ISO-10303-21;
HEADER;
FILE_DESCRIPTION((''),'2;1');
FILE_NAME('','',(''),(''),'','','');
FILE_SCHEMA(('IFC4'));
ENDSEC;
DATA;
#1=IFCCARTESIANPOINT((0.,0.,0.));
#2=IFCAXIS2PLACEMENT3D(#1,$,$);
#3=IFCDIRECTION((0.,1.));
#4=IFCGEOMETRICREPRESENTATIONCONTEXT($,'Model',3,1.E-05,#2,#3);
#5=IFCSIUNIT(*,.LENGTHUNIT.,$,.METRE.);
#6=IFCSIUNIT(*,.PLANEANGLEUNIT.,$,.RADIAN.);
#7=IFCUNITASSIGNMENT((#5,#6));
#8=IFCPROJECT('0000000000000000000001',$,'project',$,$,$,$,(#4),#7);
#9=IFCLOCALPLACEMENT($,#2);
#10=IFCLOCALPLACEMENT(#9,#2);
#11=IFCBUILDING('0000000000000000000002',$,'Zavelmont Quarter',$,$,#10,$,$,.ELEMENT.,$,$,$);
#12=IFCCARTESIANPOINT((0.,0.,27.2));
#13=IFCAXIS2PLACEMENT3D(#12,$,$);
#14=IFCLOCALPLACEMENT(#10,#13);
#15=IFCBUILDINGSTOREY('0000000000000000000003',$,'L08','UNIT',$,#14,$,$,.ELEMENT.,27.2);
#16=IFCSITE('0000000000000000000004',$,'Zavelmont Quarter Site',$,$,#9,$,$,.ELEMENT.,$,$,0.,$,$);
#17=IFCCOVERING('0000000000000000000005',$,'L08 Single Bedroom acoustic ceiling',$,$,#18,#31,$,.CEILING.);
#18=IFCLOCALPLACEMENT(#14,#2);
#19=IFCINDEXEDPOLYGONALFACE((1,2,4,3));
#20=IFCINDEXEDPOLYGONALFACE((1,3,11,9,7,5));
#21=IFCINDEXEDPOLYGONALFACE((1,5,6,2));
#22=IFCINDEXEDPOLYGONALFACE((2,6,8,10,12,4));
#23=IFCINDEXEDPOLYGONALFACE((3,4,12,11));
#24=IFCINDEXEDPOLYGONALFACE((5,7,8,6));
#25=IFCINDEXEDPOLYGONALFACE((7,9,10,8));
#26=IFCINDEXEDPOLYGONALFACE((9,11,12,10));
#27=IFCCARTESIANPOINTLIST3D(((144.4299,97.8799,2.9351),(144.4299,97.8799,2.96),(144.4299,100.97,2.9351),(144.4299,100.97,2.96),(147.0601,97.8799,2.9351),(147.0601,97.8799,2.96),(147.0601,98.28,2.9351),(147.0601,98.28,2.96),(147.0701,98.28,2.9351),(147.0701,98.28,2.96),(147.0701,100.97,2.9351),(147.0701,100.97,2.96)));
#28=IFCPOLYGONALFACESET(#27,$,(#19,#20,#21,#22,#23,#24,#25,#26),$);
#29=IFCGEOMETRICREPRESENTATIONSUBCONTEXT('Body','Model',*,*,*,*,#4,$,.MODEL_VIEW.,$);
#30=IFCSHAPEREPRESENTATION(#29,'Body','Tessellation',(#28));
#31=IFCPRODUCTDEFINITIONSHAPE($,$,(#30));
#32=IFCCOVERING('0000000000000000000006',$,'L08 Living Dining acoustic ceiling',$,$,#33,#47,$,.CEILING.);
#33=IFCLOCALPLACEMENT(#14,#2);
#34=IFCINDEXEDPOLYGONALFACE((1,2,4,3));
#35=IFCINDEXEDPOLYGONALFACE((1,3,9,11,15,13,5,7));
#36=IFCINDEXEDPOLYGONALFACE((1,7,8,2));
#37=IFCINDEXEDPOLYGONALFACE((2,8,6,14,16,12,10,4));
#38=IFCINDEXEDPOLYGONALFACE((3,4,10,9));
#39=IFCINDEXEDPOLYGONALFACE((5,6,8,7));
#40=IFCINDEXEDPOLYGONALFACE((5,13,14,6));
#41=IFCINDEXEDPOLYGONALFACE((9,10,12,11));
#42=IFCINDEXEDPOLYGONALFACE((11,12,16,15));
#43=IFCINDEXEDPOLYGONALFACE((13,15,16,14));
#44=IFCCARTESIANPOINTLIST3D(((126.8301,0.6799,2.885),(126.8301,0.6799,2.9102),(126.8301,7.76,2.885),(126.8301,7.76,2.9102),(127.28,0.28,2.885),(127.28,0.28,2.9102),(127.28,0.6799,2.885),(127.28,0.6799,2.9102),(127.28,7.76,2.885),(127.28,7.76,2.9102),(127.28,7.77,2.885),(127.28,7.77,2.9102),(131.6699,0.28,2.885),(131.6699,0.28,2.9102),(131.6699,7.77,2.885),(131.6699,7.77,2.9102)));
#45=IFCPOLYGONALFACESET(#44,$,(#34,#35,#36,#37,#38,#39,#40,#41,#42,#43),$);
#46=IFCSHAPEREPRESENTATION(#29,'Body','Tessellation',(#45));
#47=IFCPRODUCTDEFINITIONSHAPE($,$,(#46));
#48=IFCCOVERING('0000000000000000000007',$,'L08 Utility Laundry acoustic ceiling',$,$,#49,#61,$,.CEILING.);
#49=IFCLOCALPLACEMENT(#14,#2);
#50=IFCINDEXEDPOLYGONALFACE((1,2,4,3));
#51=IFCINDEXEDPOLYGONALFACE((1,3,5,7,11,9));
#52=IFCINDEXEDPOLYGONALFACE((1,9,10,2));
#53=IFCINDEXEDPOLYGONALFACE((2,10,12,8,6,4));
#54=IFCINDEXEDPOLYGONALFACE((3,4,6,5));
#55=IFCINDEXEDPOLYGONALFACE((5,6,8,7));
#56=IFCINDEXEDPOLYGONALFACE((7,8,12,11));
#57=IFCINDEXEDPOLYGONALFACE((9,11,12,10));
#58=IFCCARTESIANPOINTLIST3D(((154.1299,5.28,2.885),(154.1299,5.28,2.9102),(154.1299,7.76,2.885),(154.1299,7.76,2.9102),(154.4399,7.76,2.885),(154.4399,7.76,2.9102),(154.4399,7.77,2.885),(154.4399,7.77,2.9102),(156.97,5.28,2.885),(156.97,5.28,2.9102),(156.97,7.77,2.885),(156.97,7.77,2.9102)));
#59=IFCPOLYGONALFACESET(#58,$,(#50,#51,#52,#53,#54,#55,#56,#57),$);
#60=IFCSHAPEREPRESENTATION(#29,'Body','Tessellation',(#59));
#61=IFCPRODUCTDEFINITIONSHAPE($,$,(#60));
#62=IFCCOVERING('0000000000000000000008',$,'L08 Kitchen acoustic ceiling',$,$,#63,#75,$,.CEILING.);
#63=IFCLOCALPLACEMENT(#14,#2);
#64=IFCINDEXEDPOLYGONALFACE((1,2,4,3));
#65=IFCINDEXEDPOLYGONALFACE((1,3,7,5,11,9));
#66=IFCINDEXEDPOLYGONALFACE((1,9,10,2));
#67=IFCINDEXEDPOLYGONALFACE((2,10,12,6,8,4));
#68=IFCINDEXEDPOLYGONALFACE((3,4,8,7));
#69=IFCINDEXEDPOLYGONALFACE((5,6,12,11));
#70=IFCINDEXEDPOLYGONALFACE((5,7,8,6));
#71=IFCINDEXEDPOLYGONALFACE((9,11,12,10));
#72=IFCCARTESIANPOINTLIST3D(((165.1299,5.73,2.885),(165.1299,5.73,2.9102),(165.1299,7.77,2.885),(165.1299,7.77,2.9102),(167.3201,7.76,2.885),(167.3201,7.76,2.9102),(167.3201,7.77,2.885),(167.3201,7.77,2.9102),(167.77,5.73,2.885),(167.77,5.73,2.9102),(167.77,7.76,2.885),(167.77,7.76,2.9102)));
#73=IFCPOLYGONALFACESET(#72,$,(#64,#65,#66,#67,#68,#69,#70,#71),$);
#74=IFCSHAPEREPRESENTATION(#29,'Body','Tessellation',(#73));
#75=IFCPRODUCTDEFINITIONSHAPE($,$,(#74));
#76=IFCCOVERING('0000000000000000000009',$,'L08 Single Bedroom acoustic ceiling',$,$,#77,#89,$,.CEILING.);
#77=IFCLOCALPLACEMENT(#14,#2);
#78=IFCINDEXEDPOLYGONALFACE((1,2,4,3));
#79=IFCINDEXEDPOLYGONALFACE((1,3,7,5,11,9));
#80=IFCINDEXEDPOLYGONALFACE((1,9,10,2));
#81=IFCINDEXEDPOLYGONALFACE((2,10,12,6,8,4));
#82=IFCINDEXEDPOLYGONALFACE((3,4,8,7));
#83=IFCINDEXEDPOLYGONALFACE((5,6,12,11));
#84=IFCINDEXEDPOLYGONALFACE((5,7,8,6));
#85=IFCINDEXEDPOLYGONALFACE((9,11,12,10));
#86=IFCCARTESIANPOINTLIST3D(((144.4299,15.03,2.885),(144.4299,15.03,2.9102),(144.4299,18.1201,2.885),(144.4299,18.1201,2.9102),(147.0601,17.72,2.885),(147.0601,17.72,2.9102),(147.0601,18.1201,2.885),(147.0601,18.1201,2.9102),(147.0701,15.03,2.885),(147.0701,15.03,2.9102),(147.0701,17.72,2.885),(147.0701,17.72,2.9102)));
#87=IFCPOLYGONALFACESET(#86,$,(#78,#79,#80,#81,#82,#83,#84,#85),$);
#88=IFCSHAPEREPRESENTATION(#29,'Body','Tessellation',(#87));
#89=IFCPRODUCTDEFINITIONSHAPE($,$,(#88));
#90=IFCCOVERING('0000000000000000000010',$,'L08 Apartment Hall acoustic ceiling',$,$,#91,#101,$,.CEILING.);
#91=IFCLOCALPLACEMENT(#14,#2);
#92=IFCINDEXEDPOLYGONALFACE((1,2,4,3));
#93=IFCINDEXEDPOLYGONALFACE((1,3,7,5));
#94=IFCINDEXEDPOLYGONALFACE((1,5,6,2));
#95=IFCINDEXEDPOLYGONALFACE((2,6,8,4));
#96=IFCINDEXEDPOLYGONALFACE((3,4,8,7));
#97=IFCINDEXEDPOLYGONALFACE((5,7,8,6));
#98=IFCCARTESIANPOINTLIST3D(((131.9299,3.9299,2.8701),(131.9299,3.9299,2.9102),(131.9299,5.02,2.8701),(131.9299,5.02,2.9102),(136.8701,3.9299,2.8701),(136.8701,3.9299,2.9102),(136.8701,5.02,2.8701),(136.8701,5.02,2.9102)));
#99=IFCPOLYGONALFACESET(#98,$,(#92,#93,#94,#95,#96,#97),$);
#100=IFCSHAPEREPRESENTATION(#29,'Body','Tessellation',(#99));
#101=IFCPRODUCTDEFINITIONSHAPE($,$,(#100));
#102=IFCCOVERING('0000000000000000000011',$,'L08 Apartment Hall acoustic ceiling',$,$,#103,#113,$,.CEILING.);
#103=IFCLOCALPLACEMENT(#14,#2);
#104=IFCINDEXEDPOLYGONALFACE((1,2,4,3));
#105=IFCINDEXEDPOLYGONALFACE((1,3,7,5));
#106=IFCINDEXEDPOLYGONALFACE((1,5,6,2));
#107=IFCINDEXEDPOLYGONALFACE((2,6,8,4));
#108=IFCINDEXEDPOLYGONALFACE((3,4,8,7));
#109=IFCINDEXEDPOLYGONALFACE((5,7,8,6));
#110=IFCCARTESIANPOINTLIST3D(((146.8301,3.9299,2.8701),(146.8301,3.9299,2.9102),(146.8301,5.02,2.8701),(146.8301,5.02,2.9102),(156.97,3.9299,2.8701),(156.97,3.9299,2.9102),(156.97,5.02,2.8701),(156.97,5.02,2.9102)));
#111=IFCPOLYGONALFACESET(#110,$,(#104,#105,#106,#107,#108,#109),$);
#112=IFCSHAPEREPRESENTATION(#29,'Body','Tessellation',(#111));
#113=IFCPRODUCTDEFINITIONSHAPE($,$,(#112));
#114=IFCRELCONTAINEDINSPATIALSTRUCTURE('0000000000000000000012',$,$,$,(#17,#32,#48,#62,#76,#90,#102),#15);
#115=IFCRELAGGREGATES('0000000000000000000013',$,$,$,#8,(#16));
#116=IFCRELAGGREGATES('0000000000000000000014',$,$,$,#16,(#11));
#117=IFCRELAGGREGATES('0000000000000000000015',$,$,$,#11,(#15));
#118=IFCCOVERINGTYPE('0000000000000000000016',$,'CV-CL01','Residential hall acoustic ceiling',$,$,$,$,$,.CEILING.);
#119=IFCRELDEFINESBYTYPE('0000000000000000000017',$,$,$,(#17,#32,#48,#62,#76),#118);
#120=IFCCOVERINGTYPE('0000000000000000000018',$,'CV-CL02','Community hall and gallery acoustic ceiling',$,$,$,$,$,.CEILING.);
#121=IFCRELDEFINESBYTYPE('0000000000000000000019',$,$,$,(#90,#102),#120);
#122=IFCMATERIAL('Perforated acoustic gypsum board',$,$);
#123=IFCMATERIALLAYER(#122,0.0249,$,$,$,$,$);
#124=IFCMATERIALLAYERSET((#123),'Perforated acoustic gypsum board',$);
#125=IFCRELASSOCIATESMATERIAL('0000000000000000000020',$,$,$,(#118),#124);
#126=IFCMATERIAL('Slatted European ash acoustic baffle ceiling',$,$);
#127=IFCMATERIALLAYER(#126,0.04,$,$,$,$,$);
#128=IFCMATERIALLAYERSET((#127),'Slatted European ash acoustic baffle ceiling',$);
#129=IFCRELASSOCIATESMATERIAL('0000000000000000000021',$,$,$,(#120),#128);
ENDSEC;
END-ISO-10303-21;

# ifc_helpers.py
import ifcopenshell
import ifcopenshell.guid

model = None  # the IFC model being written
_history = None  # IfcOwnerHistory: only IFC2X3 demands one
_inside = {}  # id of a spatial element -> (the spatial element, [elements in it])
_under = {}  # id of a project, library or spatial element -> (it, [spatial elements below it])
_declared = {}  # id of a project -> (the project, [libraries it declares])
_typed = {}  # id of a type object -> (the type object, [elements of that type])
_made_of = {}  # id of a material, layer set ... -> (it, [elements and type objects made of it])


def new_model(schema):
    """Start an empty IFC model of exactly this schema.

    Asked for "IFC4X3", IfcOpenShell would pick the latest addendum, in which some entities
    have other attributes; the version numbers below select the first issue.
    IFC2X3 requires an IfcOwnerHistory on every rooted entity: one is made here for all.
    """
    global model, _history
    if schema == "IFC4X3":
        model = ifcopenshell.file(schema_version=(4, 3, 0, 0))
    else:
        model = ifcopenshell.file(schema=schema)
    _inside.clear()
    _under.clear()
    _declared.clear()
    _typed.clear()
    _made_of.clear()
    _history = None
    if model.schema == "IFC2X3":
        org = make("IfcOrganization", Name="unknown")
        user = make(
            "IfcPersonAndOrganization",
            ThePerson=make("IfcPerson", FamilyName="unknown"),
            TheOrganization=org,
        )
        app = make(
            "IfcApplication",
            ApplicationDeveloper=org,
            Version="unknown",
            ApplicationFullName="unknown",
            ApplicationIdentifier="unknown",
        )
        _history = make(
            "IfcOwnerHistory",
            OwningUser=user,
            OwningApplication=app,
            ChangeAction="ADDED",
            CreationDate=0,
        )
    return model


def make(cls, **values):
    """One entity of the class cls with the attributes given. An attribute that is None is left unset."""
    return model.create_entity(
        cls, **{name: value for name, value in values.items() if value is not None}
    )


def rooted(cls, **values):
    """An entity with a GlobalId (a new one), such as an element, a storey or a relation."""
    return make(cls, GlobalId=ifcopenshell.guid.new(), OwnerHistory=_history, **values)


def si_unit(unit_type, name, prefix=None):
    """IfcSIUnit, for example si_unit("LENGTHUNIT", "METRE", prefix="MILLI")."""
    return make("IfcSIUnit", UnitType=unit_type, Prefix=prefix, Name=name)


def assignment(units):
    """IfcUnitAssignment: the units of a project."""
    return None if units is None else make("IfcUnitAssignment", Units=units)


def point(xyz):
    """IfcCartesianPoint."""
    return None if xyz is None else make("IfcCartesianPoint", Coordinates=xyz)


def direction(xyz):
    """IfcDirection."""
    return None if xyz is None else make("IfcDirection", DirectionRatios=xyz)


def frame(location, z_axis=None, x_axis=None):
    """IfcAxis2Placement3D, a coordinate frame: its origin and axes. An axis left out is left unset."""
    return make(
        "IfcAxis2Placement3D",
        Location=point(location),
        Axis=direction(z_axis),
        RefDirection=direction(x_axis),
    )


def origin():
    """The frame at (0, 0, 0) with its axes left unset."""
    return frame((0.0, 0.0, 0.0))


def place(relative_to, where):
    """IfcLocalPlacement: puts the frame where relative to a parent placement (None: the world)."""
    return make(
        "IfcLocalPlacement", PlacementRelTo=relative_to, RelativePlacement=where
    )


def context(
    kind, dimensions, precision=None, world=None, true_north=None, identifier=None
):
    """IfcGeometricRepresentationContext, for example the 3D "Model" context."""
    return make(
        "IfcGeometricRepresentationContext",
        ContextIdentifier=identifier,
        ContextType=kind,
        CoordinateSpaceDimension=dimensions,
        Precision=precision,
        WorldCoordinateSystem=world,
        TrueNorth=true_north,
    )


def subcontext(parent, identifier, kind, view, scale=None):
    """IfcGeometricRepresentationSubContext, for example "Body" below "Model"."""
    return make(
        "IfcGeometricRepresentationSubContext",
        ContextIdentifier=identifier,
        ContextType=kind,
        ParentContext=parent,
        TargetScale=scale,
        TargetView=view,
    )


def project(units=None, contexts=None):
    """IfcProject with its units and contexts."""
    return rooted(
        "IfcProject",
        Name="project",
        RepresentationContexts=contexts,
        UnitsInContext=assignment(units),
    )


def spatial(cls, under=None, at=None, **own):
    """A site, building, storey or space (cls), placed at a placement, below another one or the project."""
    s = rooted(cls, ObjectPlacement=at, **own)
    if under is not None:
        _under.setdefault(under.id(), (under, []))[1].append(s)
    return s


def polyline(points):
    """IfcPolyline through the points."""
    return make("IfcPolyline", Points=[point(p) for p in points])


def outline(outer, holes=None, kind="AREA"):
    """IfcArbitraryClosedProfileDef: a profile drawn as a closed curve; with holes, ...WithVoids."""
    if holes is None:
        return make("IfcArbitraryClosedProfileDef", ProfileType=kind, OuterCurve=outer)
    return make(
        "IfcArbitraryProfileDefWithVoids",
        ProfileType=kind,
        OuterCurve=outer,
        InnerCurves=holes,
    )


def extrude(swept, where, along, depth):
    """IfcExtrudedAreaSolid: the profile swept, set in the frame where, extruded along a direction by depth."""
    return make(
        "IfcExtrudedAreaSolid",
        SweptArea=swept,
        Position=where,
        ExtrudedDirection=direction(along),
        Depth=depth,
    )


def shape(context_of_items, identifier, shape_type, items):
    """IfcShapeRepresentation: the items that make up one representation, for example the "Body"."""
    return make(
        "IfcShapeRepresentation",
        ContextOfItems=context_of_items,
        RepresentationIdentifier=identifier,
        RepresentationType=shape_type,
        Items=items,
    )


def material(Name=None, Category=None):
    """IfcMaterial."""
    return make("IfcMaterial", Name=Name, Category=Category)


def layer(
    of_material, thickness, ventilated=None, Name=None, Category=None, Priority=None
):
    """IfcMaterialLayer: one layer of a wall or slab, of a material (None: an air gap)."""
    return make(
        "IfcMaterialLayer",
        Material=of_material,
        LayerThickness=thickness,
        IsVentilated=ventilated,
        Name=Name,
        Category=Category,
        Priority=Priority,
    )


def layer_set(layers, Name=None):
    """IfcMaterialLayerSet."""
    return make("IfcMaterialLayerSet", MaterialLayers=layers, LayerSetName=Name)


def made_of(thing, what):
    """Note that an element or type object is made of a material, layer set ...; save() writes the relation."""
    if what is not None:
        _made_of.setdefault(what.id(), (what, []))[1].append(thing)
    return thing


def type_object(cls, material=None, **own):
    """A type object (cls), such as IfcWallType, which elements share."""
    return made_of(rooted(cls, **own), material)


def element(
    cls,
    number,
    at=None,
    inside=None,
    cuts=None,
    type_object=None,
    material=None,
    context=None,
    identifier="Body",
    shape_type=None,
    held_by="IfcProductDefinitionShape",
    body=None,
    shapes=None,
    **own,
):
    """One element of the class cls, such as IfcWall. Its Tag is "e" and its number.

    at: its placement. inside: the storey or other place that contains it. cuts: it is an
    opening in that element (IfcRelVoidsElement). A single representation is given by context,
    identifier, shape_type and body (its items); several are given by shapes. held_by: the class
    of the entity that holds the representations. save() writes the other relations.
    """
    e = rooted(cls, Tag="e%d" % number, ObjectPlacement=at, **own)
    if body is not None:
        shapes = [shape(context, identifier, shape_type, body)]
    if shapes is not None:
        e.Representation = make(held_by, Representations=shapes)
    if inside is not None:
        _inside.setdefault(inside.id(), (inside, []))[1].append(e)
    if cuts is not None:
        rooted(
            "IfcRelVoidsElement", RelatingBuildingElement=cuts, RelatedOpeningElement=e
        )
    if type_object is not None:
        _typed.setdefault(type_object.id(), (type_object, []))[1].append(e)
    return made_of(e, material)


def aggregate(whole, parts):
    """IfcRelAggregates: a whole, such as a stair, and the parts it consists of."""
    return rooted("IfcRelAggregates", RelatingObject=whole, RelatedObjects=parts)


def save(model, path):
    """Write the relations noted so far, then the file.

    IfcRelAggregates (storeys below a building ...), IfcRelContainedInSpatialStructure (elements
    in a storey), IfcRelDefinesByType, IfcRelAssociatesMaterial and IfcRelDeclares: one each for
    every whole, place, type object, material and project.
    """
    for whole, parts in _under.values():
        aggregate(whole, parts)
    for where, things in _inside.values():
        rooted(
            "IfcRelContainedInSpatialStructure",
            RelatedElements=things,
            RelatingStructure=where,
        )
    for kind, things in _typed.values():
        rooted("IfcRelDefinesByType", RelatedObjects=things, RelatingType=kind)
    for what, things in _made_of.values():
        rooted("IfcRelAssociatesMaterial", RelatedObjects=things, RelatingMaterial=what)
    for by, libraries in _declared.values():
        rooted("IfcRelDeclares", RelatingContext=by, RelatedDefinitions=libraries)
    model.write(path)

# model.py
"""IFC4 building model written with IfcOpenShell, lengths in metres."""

from ifc_helpers import new_model, si_unit, direction, frame, origin, place, context, subcontext, project, spatial, polyline, outline, extrude, material, layer, layer_set, type_object, element, save


model = new_model("IFC4")

# Units and contexts
model_context = context("Model", 3, precision=1e-05, world=origin(), true_north=direction((0.0, 1.0)))
body_context = subcontext(model_context, "Body", "Model", "MODEL_VIEW")
ifc_project = project(units=[si_unit("LENGTHUNIT", "METRE"), si_unit("PLANEANGLEUNIT", "RADIAN")], contexts=[model_context])

# Site, building, storey
site_placement = place(None, origin())
site = spatial("IfcSite", under=ifc_project, at=site_placement, Name="Zavelmont Quarter Site", CompositionType="ELEMENT", RefElevation=0.0)
building_placement = place(site_placement, origin())
building = spatial("IfcBuilding", under=site, at=building_placement, Name="Zavelmont Quarter", CompositionType="ELEMENT")
storey_placement = place(building_placement, frame((0.0, 0.0, 27.2)))
storey = spatial("IfcBuildingStorey", under=building, at=storey_placement, Name="L08", Description="UNIT", CompositionType="ELEMENT", Elevation=27.2)

# Coverings
ifc_material_1 = material(Name="Perforated acoustic gypsum board")
ifc_layer_1 = layer(ifc_material_1, 0.0249)
ifc_layer_set_1 = layer_set([ifc_layer_1], Name="Perforated acoustic gypsum board")
covering_type_1 = type_object("IfcCoveringType", Name="CV-CL01", Description="Residential hall acoustic ceiling", PredefinedType="CEILING", material=ifc_layer_set_1)
covering_1_placement = place(storey_placement, frame((0.0, 0.0, 2.9351)))
element("IfcCovering", 1, at=covering_1_placement, inside=storey, type_object=covering_type_1, Name="L08 Single Bedroom acoustic ceiling", PredefinedType="CEILING", context=body_context, shape_type="SweptSolid", body=[
    extrude(outline(polyline([(144.4299, 100.97), (147.0701, 100.97), (147.0701, 98.28), (147.0601, 98.28), (147.0601, 97.8799), (144.4299, 97.8799), (144.4299, 100.97)])), origin(), (0.0, 0.0, 1.0), 0.0249),
])
covering_2_placement = place(storey_placement, frame((0.0, 0.0, 2.885)))
element("IfcCovering", 2, at=covering_2_placement, inside=storey, type_object=covering_type_1, Name="L08 Living Dining acoustic ceiling", PredefinedType="CEILING", context=body_context, shape_type="SweptSolid", body=[
    extrude(outline(polyline([(126.8301, 7.76), (127.28, 7.76), (127.28, 7.77), (131.6699, 7.77), (131.6699, 0.28), (127.28, 0.28), (127.28, 0.6799), (126.8301, 0.6799), (126.8301, 7.76)])), origin(), (0.0, 0.0, 1.0), 0.0251),
])
covering_3_placement = place(storey_placement, frame((0.0, 0.0, 2.885)))
element("IfcCovering", 3, at=covering_3_placement, inside=storey, type_object=covering_type_1, Name="L08 Utility Laundry acoustic ceiling", PredefinedType="CEILING", context=body_context, shape_type="SweptSolid", body=[
    extrude(outline(polyline([(154.1299, 7.76), (154.4399, 7.76), (154.4399, 7.77), (156.97, 7.77), (156.97, 5.28), (154.1299, 5.28), (154.1299, 7.76)])), origin(), (0.0, 0.0, 1.0), 0.0251),
])
covering_4_placement = place(storey_placement, frame((0.0, 0.0, 2.885)))
element("IfcCovering", 4, at=covering_4_placement, inside=storey, type_object=covering_type_1, Name="L08 Kitchen acoustic ceiling", PredefinedType="CEILING", context=body_context, shape_type="SweptSolid", body=[
    extrude(outline(polyline([(165.1299, 7.77), (167.3201, 7.77), (167.3201, 7.76), (167.77, 7.76), (167.77, 5.73), (165.1299, 5.73), (165.1299, 7.77)])), origin(), (0.0, 0.0, 1.0), 0.0251),
])
covering_5_placement = place(storey_placement, frame((0.0, 0.0, 2.885)))
element("IfcCovering", 5, at=covering_5_placement, inside=storey, type_object=covering_type_1, Name="L08 Single Bedroom acoustic ceiling", PredefinedType="CEILING", context=body_context, shape_type="SweptSolid", body=[
    extrude(outline(polyline([(144.4299, 18.1201), (147.0601, 18.1201), (147.0601, 17.72), (147.0701, 17.72), (147.0701, 15.03), (144.4299, 15.03), (144.4299, 18.1201)])), origin(), (0.0, 0.0, 1.0), 0.0251),
])
ifc_material_2 = material(Name="Slatted European ash acoustic baffle ceiling")
ifc_layer_2 = layer(ifc_material_2, 0.04)
ifc_layer_set_2 = layer_set([ifc_layer_2], Name="Slatted European ash acoustic baffle ceiling")
covering_type_2 = type_object("IfcCoveringType", Name="CV-CL02", Description="Community hall and gallery acoustic ceiling", PredefinedType="CEILING", material=ifc_layer_set_2)
covering_6_placement = place(storey_placement, frame((0.0, 0.0, 2.8701)))
element("IfcCovering", 6, at=covering_6_placement, inside=storey, type_object=covering_type_2, Name="L08 Apartment Hall acoustic ceiling", PredefinedType="CEILING", context=body_context, shape_type="SweptSolid", body=[
    extrude(outline(polyline([(131.9299, 5.02), (136.8701, 5.02), (136.8701, 3.9299), (131.9299, 3.9299), (131.9299, 5.02)])), origin(), (0.0, 0.0, 1.0), 0.04),
])
covering_7_placement = place(storey_placement, frame((0.0, 0.0, 2.8701)))
element("IfcCovering", 7, at=covering_7_placement, inside=storey, type_object=covering_type_2, Name="L08 Apartment Hall acoustic ceiling", PredefinedType="CEILING", context=body_context, shape_type="SweptSolid", body=[
    extrude(outline(polyline([(146.8301, 5.02), (156.97, 5.02), (156.97, 3.9299), (146.8301, 3.9299), (146.8301, 5.02)])), origin(), (0.0, 0.0, 1.0), 0.04),
])

save(model, "model.ifc")
